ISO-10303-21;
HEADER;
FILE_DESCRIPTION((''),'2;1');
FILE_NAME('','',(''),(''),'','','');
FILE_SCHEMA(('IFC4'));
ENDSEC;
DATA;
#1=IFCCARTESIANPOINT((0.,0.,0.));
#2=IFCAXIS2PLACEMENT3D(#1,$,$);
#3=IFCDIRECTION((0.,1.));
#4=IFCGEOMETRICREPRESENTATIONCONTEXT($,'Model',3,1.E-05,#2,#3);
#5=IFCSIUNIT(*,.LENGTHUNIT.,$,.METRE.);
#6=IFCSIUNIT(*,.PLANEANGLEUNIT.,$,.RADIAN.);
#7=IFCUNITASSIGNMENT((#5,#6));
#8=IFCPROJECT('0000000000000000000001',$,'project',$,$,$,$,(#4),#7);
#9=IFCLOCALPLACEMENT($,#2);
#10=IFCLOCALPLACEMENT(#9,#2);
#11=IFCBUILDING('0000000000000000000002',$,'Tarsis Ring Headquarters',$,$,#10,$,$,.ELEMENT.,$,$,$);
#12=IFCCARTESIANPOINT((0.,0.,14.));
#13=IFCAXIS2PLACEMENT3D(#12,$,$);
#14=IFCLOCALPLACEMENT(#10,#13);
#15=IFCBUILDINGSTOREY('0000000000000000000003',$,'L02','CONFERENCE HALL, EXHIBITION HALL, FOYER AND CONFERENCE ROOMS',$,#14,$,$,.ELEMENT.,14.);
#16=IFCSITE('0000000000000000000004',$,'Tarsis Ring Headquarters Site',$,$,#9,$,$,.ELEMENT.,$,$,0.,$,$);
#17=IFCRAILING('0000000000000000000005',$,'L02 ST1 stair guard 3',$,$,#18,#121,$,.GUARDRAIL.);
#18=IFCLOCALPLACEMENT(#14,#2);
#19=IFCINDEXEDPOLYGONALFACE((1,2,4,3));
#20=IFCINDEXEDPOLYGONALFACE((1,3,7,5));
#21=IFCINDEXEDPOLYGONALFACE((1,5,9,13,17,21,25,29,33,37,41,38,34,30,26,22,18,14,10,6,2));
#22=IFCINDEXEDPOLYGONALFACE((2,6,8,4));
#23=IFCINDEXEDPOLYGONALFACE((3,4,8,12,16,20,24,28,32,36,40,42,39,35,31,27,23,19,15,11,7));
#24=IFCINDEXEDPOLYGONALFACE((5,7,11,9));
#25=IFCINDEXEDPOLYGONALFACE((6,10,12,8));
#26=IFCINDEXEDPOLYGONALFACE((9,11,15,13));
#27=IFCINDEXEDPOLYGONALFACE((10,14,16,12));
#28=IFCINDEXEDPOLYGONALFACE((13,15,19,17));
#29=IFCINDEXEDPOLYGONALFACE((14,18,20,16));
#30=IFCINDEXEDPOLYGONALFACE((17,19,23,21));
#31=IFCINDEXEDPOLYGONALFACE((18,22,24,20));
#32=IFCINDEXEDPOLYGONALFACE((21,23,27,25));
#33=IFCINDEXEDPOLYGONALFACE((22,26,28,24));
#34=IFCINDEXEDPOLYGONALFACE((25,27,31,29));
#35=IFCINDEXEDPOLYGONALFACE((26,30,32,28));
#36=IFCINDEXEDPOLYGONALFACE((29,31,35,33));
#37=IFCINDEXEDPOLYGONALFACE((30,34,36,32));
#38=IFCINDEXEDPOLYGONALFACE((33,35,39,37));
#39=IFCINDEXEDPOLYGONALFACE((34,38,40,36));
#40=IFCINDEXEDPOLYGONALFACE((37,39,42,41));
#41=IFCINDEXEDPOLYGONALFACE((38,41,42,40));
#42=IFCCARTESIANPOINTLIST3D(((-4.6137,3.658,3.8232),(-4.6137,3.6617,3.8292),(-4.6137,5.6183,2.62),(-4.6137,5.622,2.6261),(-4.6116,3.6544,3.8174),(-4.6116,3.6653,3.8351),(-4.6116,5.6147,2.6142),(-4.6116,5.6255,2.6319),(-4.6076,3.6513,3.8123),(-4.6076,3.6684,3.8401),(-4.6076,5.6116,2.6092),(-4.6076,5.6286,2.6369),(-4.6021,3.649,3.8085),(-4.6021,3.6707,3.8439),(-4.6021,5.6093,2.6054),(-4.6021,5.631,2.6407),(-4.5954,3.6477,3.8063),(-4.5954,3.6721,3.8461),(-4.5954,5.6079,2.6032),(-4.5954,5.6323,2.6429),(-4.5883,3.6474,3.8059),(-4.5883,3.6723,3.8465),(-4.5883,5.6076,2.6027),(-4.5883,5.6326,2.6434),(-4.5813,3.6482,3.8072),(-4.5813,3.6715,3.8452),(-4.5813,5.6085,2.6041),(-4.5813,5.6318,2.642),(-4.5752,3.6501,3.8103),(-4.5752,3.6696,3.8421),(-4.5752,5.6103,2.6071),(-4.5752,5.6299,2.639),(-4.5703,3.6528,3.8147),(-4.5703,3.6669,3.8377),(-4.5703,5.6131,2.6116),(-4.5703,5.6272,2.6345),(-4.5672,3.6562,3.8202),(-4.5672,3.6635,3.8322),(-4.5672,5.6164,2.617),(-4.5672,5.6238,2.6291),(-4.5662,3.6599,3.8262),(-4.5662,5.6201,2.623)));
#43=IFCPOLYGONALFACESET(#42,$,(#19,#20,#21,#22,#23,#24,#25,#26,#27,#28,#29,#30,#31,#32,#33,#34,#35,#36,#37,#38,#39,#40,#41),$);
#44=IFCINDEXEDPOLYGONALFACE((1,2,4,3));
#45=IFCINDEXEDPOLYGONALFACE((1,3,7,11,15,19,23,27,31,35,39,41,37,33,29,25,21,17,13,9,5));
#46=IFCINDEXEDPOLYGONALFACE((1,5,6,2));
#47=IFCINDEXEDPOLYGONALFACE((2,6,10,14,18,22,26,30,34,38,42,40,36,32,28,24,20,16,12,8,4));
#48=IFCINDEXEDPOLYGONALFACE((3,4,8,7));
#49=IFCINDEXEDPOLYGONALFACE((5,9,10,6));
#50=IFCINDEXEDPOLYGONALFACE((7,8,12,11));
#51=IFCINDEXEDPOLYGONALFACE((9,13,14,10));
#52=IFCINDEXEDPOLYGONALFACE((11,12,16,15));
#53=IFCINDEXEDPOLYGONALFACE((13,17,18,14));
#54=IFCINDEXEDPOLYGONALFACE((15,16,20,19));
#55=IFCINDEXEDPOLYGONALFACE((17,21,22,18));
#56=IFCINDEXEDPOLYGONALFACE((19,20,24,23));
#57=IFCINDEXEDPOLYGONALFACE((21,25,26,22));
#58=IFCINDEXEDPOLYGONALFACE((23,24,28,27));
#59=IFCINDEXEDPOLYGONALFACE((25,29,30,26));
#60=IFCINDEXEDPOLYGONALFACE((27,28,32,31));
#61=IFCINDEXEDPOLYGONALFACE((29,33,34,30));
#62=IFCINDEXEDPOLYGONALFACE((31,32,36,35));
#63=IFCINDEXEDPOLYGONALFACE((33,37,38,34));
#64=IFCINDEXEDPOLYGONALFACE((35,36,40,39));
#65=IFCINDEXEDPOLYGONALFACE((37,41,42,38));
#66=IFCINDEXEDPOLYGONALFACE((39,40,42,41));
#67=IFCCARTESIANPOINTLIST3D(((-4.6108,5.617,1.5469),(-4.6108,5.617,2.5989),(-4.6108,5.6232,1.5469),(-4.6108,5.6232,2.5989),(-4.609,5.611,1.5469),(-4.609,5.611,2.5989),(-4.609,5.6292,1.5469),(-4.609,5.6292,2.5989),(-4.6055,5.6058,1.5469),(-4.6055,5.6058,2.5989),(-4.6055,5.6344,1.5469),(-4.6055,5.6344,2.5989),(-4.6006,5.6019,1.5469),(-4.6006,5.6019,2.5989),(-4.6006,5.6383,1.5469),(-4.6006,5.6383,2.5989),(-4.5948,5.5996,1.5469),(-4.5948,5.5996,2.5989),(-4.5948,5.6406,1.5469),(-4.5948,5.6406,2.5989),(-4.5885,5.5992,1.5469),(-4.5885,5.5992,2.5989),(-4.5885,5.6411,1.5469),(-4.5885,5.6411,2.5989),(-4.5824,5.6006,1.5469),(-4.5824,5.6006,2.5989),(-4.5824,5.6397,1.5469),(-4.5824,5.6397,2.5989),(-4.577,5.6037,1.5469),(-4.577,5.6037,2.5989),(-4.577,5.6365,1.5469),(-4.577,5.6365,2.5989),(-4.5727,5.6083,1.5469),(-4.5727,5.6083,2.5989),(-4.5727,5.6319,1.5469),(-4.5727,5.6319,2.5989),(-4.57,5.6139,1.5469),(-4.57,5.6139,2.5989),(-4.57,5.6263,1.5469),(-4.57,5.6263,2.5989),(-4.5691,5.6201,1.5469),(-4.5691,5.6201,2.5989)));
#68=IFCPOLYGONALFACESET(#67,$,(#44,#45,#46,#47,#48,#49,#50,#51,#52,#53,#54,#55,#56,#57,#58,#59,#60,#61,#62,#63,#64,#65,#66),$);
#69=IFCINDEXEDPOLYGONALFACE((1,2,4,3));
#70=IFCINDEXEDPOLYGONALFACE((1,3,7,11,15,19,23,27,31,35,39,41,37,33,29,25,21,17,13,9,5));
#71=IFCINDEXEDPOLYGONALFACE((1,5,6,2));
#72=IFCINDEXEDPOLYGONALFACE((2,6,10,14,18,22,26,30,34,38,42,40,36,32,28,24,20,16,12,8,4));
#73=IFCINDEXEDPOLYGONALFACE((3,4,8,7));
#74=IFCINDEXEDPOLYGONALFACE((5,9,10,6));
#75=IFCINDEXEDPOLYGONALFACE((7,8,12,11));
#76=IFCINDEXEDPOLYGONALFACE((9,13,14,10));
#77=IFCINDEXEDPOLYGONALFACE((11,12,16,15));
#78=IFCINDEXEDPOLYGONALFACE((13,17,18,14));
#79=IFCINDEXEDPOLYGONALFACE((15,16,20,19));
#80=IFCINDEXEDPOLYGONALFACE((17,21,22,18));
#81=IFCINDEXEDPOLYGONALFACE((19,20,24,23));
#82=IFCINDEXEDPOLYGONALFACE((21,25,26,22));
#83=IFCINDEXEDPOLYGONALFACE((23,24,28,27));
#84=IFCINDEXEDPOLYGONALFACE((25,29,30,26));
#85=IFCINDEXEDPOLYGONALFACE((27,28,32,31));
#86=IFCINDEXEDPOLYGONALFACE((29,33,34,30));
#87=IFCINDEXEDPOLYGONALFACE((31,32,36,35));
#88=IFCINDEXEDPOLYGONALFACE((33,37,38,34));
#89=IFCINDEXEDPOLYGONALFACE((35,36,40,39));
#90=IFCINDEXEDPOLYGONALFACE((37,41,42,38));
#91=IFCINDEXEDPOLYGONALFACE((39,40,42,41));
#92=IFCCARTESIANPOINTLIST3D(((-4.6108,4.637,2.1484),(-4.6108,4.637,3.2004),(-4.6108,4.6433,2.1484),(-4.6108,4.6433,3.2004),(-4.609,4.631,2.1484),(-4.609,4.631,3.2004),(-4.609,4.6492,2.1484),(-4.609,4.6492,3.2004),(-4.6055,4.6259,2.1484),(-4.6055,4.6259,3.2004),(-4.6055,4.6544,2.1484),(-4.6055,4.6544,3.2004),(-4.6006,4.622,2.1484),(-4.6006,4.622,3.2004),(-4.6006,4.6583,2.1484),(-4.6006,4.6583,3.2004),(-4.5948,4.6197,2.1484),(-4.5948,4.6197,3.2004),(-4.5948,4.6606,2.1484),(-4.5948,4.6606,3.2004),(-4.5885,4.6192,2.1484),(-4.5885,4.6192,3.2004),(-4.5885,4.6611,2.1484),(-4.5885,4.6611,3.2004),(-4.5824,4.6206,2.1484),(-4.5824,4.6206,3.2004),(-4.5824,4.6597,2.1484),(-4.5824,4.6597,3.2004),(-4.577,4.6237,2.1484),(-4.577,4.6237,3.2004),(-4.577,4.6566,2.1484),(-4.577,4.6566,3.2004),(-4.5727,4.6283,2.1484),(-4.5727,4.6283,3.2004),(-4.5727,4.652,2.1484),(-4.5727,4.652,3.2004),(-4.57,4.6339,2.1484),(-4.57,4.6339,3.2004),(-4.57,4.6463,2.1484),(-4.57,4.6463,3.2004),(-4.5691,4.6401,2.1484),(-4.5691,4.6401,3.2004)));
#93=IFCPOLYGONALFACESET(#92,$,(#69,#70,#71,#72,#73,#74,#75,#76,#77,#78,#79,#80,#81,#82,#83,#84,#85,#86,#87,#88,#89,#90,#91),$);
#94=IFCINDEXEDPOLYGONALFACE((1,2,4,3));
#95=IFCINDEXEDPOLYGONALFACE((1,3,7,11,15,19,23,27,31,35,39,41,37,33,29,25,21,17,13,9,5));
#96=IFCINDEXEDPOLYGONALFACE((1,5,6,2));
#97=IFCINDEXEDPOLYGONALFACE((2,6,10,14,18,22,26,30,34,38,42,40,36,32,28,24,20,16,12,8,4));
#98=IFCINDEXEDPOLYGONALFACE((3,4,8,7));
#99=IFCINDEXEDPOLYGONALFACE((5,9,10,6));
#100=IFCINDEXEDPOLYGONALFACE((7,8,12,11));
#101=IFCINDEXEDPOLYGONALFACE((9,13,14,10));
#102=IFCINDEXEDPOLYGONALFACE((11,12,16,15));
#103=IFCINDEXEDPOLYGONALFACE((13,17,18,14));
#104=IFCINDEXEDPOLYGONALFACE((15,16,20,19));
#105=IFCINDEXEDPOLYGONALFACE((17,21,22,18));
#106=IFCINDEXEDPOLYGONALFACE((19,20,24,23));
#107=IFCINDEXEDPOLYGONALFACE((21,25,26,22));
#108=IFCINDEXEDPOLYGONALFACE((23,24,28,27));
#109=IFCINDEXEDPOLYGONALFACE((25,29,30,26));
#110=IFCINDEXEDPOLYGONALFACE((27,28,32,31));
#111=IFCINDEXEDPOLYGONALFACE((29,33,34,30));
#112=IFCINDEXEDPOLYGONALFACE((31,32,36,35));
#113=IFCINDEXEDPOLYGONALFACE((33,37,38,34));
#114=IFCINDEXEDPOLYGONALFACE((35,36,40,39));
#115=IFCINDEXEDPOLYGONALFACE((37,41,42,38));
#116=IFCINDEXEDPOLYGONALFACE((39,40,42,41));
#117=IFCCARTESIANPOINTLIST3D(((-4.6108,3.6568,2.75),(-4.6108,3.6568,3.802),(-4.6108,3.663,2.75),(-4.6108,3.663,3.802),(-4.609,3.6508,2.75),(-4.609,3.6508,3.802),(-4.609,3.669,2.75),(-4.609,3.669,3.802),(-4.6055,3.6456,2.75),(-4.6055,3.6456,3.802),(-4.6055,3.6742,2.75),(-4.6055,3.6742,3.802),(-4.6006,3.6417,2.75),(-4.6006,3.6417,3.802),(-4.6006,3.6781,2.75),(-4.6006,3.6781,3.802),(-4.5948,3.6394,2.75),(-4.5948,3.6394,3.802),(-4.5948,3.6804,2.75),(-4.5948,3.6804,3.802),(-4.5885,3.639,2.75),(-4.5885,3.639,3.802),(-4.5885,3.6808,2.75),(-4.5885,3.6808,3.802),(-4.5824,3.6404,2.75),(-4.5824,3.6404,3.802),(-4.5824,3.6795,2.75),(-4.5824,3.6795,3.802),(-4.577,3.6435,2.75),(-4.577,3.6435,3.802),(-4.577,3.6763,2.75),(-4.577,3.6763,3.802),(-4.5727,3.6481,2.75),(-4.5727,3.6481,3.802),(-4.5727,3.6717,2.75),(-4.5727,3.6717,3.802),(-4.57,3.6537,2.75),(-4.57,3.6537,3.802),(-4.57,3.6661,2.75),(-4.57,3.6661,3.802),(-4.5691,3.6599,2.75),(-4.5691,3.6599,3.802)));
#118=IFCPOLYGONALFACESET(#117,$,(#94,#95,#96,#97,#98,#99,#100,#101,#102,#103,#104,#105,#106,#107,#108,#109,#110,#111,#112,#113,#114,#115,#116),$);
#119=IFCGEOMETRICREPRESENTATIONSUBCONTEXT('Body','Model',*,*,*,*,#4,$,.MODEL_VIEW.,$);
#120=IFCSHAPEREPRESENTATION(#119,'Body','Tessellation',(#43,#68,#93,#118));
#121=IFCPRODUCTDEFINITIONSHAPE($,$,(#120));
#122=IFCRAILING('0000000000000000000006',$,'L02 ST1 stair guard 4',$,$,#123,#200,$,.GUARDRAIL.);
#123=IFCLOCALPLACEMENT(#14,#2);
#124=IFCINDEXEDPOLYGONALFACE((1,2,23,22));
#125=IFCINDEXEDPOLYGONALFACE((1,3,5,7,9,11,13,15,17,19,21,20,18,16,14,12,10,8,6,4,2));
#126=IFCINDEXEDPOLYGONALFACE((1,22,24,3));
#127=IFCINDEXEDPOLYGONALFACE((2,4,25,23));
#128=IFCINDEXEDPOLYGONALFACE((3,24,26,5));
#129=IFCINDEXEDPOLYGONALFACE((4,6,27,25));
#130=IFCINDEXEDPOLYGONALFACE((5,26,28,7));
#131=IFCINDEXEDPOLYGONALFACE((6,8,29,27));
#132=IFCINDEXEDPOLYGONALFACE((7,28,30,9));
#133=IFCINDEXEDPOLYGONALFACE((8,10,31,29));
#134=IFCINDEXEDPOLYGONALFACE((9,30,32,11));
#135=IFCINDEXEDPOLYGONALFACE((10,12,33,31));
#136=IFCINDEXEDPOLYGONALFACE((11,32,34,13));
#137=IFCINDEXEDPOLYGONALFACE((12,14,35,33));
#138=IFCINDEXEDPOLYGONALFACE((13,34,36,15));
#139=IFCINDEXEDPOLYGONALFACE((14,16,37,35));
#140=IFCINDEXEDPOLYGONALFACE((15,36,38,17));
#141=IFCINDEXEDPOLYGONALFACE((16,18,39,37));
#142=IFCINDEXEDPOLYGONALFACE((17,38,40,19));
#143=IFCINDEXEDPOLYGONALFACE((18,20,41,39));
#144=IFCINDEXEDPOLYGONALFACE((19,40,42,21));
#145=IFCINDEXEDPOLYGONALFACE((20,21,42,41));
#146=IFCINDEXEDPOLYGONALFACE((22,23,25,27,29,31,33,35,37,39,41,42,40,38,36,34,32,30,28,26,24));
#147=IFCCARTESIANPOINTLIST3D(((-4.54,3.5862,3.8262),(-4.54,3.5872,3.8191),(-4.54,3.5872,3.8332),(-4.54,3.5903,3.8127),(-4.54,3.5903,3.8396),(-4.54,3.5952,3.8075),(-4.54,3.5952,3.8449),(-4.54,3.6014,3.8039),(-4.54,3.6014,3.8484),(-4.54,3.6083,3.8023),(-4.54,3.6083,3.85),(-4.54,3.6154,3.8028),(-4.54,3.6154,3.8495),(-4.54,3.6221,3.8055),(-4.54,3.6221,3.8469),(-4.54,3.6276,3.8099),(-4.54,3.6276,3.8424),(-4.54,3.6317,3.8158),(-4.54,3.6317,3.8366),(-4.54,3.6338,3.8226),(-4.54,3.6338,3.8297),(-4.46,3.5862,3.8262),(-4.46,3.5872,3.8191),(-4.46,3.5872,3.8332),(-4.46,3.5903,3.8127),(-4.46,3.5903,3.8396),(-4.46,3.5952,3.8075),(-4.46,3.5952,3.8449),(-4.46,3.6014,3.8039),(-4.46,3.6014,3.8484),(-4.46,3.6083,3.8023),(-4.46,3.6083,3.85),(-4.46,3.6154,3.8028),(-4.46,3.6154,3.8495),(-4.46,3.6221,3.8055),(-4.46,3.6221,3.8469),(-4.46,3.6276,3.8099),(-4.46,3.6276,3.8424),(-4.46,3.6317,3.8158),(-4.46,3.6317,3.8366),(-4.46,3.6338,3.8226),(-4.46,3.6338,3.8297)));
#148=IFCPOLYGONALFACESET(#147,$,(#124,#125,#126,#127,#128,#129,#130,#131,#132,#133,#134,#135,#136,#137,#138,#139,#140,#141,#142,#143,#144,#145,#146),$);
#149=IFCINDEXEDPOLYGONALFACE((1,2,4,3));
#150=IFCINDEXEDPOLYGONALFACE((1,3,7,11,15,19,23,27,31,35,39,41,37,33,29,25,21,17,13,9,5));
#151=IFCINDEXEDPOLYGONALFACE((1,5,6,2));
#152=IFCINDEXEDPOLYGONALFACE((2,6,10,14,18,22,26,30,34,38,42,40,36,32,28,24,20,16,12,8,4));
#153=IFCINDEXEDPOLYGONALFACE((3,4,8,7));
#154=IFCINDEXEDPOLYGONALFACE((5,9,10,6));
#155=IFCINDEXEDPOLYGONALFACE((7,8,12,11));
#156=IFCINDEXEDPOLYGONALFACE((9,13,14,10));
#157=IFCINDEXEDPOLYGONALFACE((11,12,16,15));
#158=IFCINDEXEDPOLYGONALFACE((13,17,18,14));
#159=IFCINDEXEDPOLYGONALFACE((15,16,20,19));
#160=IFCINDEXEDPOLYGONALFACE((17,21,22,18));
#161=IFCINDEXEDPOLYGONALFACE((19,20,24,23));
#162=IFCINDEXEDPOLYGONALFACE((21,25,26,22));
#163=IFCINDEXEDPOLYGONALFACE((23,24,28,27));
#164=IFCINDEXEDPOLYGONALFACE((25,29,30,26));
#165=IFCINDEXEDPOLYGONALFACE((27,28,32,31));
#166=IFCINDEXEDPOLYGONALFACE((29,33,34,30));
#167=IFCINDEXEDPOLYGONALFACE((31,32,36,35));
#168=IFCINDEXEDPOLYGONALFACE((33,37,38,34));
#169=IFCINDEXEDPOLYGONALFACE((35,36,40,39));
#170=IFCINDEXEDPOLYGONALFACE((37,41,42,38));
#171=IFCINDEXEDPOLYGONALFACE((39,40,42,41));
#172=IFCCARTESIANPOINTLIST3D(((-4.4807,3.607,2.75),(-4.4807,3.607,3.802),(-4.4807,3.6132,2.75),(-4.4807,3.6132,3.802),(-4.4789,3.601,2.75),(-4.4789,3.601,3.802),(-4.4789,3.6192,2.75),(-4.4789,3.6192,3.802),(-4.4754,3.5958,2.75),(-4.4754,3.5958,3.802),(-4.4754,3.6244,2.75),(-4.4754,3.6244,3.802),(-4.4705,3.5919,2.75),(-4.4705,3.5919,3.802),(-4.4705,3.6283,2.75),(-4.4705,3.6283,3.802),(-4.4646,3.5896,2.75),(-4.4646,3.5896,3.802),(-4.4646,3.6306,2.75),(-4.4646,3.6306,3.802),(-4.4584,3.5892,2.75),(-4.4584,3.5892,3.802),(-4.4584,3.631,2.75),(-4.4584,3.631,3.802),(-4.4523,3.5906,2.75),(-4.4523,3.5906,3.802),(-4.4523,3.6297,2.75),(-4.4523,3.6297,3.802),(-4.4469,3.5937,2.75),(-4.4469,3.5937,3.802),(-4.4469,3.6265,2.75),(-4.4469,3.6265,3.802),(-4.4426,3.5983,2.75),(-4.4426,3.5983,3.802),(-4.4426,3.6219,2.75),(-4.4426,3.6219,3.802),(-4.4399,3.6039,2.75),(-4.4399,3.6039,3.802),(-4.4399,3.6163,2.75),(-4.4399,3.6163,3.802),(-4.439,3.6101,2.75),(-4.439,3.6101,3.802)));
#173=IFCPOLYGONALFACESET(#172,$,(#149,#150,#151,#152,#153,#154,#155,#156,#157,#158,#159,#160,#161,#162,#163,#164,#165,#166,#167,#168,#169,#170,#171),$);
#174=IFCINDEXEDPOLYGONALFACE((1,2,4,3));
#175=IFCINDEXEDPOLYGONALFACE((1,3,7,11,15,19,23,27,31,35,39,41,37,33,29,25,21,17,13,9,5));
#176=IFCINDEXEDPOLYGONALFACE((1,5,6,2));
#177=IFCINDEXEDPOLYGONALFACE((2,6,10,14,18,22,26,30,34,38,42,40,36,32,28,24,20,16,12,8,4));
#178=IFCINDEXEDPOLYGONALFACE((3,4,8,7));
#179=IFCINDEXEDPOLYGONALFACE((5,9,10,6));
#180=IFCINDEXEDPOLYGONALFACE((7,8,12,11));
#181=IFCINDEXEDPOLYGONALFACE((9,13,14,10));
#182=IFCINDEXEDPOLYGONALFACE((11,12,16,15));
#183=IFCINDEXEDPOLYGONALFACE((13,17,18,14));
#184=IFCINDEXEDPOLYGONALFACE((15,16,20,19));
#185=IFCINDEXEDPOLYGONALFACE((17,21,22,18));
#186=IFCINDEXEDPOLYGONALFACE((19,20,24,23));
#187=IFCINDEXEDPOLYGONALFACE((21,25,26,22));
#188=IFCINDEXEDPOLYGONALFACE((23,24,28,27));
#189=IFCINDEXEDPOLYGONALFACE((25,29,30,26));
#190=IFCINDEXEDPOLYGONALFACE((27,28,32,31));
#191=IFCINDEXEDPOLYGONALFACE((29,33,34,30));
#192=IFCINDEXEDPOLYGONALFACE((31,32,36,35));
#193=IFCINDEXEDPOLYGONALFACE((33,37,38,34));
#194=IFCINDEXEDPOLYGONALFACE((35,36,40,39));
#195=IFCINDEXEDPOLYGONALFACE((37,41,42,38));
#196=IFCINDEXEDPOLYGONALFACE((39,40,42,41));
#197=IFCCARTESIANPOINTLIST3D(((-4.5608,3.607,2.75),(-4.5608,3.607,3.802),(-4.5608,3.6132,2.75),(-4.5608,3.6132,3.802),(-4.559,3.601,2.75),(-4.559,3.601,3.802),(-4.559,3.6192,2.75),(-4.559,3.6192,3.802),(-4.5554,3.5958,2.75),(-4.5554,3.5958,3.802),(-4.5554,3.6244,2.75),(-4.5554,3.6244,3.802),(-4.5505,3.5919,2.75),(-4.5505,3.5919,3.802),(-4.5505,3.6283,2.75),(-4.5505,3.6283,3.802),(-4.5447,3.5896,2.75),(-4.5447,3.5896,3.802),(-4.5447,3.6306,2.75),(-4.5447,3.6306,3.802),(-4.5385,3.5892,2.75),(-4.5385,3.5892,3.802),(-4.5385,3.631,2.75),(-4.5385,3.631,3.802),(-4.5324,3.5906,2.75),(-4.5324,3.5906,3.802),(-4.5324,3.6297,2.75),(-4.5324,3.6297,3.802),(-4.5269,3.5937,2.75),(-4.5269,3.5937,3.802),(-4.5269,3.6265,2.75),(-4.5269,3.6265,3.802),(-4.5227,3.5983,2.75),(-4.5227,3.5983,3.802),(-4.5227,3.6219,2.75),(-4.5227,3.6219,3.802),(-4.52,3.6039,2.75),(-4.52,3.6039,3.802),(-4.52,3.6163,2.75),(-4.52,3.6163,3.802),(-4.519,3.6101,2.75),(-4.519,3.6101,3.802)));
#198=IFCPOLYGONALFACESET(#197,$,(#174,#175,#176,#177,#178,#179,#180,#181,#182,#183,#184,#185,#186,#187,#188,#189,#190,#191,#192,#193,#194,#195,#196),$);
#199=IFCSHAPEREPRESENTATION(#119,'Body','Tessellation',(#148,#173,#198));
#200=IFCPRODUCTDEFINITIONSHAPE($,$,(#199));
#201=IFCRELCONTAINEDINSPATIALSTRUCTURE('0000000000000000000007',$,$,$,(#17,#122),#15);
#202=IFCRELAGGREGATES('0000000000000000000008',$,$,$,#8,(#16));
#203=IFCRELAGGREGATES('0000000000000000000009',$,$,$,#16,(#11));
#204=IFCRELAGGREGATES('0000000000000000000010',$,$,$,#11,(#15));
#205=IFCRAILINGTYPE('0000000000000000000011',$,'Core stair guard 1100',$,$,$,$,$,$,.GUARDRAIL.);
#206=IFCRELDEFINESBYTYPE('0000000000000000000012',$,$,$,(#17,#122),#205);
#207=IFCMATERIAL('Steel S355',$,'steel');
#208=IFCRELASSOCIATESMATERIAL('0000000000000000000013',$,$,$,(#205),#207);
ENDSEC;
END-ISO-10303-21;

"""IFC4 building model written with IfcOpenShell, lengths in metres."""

from ifc_helpers import new_model, si_unit, direction, frame, origin, origin_2d, place, context, subcontext, project, spatial, circle, extrude, material, type_object, element, save


model = new_model("IFC4")

# Units and contexts
model_context = context("Model", 3, precision=1e-05, world=origin(), true_north=direction((0.0, 1.0)))
body_context = subcontext(model_context, "Body", "Model", "MODEL_VIEW")
ifc_project = project(units=[si_unit("LENGTHUNIT", "METRE"), si_unit("PLANEANGLEUNIT", "RADIAN")], contexts=[model_context])

# Site, building, storey
site_placement = place(None, origin())
site = spatial("IfcSite", under=ifc_project, at=site_placement, Name="Tarsis Ring Headquarters Site", CompositionType="ELEMENT", RefElevation=0.0)
building_placement = place(site_placement, origin())
building = spatial("IfcBuilding", under=site, at=building_placement, Name="Tarsis Ring Headquarters", CompositionType="ELEMENT")
storey_placement = place(building_placement, frame((0.0, 0.0, 14.0)))
storey = spatial("IfcBuildingStorey", under=building, at=storey_placement, Name="L02", Description="CONFERENCE HALL, EXHIBITION HALL, FOYER AND CONFERENCE ROOMS", CompositionType="ELEMENT", Elevation=14.0)

# Shared definitions
ifc_material_1 = material(Name="Steel S355", Category="steel")

# Railings
railing_type_1 = type_object("IfcRailingType", Name="Core stair guard 1100", PredefinedType="GUARDRAIL", material=ifc_material_1)
railing_1_placement = place(storey_placement, frame((-4.5901, 5.6201, 1.5469)))
element("IfcRailing", 1, at=railing_1_placement, inside=storey, type_object=railing_type_1, Name="L02 ST1 stair guard 3", PredefinedType="GUARDRAIL", context=body_context, shape_type="SweptSolid", body=[
    extrude(circle(Radius=0.0239, at=origin_2d()), frame((0.0, 0.0, 1.0762), z_axis=(0.0, -0.85227, 0.523102), x_axis=(1.0, 0.0, 0.0)), (0.0, 0.0, 1.0), 2.3),
    extrude(circle(Radius=0.021, at=origin_2d()), origin(), (0.0, 0.0, 1.0), 1.052),
    extrude(circle(Radius=0.021, at=origin_2d()), frame((0.0, -0.98, 0.6016)), (0.0, 0.0, 1.0), 1.052),
    extrude(circle(Radius=0.021, at=origin_2d()), frame((0.0, -1.9602, 1.2031)), (0.0, 0.0, 1.0), 1.052),
])
railing_2_placement = place(storey_placement, frame((-4.46, 3.6101, 2.75)))
element("IfcRailing", 2, at=railing_2_placement, inside=storey, type_object=railing_type_1, Name="L02 ST1 stair guard 4", PredefinedType="GUARDRAIL", context=body_context, shape_type="SweptSolid", body=[
    extrude(circle(Radius=0.0239, at=origin_2d()), frame((0.0, 0.0, 1.0762), z_axis=(-1.0, 0.0, 0.0), x_axis=(0.0, -1.0, 0.0)), (0.0, 0.0, 1.0), 0.0801),
    extrude(circle(Radius=0.021, at=origin_2d()), origin(), (0.0, 0.0, 1.0), 1.052),
    extrude(circle(Radius=0.021, at=origin_2d()), frame((-0.0801, 0.0, 0.0)), (0.0, 0.0, 1.0), 1.052),
])

save(model, "model.ifc")
